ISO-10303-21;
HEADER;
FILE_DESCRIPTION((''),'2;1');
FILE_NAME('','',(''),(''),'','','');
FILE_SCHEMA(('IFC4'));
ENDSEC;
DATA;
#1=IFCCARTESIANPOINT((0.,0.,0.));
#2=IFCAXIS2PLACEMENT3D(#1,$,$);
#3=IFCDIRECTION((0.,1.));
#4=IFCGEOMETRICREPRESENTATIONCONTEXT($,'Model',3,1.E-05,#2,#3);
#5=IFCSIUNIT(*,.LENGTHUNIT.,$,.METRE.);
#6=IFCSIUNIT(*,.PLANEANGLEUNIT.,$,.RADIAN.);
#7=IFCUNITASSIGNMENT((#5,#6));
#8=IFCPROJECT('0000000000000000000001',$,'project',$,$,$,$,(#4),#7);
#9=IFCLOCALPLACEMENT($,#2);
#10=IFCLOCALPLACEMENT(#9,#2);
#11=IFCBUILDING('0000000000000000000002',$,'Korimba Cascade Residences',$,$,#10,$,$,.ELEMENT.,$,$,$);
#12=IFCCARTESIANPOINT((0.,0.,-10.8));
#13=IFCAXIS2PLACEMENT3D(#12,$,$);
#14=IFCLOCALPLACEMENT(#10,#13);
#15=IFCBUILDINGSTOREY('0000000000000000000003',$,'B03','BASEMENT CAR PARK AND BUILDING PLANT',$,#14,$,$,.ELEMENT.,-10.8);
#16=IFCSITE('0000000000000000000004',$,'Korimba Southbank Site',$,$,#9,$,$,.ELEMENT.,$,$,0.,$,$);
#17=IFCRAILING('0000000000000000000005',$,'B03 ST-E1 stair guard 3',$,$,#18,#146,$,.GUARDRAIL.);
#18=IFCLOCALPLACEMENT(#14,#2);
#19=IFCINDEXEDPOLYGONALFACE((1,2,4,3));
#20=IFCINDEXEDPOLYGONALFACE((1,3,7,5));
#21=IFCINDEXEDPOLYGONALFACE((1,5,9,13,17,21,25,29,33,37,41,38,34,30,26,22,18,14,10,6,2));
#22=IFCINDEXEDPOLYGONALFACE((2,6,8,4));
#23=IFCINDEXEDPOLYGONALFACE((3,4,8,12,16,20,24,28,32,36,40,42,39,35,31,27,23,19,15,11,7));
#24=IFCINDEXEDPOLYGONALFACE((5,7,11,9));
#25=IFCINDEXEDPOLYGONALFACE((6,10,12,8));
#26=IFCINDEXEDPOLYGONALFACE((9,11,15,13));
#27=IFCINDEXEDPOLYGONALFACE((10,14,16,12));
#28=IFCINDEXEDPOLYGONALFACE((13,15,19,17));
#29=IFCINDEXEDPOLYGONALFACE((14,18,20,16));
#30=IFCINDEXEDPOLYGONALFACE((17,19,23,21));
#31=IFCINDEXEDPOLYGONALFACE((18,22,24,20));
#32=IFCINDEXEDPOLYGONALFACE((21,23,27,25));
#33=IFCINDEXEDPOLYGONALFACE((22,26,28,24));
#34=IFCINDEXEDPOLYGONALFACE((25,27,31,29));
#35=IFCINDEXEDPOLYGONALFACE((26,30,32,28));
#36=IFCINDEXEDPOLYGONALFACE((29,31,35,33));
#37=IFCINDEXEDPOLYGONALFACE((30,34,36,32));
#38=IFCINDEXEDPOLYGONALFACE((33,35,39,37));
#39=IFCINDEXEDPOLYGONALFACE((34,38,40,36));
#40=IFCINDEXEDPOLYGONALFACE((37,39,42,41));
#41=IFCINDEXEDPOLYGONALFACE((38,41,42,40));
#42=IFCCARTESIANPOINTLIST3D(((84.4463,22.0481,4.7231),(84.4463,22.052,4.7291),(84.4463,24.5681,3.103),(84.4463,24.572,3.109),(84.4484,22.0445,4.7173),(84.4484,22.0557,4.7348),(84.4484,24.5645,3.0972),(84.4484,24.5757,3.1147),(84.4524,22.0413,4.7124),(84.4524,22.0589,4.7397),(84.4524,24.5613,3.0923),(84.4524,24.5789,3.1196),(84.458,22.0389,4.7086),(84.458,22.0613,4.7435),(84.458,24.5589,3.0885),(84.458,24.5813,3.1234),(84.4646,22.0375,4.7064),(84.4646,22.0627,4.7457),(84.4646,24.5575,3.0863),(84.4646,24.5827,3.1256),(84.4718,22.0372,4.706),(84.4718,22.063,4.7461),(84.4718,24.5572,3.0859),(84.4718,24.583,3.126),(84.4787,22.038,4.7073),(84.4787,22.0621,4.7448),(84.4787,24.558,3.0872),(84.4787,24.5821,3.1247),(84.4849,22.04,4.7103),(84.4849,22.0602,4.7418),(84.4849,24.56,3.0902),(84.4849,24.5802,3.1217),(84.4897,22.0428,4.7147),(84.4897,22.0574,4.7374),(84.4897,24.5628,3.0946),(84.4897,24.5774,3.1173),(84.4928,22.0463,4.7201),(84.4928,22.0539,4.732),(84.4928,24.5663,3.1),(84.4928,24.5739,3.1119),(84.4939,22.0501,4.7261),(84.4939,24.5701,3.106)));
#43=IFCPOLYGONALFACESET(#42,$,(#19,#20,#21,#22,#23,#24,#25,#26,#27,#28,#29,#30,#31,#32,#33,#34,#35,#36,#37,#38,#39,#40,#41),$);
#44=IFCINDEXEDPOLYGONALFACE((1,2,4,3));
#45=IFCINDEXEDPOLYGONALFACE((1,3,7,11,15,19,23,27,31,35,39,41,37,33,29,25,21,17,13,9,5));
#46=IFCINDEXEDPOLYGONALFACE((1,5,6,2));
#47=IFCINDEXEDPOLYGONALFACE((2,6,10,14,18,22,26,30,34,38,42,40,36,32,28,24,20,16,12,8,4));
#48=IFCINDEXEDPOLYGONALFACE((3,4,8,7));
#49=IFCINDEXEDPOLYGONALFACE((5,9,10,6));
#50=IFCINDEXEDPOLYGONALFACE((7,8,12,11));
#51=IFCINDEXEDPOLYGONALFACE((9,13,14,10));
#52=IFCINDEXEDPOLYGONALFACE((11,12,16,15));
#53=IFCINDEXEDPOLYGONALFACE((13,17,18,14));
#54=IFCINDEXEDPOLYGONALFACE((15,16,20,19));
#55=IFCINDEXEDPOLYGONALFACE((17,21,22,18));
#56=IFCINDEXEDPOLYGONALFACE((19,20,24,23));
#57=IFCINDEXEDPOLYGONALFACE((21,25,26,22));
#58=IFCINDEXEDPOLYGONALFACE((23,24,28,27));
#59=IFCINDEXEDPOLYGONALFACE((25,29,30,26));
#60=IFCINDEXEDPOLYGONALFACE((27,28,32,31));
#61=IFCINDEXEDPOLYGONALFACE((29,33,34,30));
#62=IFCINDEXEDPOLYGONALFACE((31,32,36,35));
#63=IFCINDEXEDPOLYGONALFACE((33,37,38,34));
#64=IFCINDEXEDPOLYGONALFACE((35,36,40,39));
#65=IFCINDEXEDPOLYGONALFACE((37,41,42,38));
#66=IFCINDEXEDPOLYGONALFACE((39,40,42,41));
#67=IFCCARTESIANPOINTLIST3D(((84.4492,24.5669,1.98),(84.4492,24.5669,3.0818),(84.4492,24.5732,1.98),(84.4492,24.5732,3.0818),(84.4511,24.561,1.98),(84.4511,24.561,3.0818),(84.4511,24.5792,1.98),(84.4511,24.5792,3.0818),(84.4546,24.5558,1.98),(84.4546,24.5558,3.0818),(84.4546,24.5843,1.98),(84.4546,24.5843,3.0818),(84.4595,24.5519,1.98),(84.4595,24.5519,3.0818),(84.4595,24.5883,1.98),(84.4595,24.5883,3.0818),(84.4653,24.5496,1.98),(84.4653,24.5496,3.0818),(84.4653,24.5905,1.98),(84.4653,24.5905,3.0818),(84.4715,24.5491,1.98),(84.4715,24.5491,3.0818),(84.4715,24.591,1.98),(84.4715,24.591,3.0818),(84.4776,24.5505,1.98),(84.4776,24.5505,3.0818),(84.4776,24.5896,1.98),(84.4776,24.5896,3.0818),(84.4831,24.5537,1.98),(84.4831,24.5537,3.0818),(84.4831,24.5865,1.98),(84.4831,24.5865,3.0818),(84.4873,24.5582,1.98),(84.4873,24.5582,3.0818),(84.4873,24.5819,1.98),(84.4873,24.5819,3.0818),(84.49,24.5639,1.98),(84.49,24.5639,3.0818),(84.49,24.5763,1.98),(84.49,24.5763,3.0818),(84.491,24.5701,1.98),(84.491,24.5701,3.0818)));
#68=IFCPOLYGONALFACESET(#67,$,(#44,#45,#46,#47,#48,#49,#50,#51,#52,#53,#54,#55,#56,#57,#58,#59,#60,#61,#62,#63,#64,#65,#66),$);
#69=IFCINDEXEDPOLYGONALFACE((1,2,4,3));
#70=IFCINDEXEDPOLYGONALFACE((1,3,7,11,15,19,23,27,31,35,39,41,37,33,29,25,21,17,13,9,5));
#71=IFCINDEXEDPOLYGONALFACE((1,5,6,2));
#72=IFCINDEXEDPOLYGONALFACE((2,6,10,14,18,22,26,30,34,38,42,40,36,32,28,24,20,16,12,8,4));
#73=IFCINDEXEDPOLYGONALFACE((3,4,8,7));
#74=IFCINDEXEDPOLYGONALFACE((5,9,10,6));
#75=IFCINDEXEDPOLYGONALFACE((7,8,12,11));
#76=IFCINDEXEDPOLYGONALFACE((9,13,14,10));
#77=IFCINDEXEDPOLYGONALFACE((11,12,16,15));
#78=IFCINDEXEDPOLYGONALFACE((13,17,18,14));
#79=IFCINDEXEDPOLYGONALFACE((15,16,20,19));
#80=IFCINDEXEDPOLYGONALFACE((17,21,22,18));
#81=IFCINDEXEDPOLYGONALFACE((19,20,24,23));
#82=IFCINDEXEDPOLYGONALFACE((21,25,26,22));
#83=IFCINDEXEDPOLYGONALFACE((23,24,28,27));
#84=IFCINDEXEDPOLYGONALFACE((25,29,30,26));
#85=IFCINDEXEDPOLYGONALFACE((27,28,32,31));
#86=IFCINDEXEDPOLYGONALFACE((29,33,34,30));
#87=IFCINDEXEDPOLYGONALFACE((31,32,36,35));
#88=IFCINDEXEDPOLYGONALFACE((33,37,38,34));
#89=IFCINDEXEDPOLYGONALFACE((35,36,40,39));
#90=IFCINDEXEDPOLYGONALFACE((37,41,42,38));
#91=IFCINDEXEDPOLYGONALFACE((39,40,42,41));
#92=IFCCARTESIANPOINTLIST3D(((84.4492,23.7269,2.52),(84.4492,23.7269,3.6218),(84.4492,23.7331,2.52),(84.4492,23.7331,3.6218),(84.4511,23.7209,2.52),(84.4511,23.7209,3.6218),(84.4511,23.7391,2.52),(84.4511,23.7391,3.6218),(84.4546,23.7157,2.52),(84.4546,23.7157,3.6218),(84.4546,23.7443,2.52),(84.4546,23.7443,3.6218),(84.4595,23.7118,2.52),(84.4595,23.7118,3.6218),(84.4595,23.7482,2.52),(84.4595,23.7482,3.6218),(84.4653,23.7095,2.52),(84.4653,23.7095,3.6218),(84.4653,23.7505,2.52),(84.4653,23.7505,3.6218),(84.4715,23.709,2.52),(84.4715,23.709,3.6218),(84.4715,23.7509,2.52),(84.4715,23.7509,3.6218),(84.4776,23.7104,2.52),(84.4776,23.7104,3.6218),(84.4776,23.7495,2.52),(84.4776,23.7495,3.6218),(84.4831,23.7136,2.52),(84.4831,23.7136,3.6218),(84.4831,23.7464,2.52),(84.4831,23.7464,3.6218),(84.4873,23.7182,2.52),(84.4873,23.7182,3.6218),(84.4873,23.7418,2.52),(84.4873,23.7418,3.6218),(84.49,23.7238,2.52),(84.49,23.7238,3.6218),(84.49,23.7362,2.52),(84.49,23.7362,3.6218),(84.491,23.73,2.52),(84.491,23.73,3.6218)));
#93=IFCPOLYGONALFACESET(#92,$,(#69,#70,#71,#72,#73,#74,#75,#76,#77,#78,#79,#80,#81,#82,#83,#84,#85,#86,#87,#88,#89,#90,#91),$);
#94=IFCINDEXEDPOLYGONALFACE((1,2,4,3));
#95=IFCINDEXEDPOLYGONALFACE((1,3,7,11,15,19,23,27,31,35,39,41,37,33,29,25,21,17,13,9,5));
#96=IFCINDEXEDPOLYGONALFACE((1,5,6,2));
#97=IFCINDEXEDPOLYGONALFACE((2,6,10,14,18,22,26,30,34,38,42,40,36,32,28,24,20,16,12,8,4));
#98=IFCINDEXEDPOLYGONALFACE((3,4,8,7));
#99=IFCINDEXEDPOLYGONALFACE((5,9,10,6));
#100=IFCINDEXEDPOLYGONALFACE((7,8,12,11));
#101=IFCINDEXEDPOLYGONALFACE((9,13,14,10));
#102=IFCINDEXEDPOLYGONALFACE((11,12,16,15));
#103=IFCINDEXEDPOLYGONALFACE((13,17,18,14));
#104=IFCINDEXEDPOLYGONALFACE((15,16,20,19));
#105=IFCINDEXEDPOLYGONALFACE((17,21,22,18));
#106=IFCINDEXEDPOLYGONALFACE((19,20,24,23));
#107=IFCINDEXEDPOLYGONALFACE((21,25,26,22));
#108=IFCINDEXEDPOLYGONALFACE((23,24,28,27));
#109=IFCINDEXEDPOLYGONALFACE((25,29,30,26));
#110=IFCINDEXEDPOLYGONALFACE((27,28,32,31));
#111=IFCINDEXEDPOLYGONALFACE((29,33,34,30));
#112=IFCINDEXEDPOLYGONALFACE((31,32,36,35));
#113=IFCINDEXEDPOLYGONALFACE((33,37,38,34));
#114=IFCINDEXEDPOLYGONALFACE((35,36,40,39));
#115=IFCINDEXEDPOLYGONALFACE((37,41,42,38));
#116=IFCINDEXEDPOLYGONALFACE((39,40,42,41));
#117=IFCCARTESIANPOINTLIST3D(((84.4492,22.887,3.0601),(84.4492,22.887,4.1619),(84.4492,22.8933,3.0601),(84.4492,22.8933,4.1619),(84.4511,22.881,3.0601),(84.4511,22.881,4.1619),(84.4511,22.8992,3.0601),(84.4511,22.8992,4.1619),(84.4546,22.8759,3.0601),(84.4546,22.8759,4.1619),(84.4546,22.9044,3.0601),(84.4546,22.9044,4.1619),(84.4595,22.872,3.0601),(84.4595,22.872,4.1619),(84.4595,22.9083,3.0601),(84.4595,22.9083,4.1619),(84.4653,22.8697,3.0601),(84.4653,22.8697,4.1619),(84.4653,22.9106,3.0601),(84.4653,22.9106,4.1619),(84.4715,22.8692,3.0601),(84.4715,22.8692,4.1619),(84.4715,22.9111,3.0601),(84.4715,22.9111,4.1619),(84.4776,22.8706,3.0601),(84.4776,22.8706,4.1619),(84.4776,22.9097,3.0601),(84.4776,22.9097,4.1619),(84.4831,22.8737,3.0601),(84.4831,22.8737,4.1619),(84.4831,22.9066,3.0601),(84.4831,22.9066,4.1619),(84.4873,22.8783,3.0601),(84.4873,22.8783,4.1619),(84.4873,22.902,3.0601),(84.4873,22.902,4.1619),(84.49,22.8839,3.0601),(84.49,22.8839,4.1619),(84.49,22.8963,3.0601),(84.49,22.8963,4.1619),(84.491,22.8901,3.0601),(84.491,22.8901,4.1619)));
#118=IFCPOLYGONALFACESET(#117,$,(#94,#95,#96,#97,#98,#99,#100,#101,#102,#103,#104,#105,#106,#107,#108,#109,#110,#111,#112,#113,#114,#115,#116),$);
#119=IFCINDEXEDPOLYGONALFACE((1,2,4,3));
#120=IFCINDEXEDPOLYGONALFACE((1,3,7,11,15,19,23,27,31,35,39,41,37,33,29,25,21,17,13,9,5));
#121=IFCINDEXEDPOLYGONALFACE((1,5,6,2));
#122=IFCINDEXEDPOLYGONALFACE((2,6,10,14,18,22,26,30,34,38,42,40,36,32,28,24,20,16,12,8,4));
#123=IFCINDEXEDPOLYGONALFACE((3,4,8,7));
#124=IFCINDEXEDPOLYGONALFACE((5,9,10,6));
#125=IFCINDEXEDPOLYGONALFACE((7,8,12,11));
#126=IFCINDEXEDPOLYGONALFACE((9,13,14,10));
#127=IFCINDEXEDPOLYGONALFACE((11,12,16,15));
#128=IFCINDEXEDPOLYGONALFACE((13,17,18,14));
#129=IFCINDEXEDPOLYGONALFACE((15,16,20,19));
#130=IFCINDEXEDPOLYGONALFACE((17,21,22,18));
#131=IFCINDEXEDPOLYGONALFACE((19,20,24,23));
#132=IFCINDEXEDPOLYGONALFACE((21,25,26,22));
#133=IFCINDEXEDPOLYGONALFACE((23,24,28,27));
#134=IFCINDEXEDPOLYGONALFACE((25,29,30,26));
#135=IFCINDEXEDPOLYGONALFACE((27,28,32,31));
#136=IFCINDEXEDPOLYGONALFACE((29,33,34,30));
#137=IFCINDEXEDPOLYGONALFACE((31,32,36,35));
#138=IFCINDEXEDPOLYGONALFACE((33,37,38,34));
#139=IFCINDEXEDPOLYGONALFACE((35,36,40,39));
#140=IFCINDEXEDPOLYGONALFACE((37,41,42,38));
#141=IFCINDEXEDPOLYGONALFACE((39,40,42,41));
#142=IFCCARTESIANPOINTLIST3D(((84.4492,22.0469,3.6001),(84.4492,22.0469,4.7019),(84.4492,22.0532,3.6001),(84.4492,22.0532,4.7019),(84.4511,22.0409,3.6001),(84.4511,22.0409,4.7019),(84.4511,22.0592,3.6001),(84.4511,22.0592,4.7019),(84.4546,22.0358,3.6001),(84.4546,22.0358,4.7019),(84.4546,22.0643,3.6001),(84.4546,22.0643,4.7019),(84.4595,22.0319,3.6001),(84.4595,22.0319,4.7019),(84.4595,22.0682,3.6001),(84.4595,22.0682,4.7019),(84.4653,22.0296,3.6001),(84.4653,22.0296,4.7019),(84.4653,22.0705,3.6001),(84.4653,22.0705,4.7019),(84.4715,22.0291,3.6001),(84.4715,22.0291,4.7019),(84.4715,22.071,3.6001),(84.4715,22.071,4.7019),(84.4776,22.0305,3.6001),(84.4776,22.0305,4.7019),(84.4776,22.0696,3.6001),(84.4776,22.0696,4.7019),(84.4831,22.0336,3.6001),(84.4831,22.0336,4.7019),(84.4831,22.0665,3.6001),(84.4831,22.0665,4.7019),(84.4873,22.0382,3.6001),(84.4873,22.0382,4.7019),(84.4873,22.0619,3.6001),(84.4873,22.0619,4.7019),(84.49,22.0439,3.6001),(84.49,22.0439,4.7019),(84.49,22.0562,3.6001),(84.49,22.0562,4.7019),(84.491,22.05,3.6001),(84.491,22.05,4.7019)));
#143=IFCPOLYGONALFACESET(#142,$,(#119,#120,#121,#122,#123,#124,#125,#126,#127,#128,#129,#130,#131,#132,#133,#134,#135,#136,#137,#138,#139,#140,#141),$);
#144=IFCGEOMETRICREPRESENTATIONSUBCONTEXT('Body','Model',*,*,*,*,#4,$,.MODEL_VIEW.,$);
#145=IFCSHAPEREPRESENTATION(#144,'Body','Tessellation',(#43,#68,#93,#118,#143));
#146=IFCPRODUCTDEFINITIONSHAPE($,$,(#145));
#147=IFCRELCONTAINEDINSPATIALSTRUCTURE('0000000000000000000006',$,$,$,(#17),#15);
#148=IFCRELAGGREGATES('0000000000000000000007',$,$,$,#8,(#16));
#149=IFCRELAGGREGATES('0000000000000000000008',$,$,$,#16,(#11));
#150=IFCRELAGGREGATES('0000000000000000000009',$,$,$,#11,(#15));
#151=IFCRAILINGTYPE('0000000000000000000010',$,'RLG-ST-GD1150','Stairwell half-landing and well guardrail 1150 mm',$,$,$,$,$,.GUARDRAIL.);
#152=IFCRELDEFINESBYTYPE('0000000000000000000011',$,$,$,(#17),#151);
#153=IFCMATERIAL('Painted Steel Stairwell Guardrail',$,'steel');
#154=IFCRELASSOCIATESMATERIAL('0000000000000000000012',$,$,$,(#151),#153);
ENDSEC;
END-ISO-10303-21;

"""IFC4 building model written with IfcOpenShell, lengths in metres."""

from ifc_helpers import new_model, si_unit, direction, frame, origin, origin_2d, place, context, subcontext, project, spatial, circle, extrude, material, type_object, element, save


model = new_model("IFC4")

# Units and contexts
model_context = context("Model", 3, precision=1e-05, world=origin(), true_north=direction((0.0, 1.0)))
body_context = subcontext(model_context, "Body", "Model", "MODEL_VIEW")
ifc_project = project(units=[si_unit("LENGTHUNIT", "METRE"), si_unit("PLANEANGLEUNIT", "RADIAN")], contexts=[model_context])

# Site, building, storey
site_placement = place(None, origin())
site = spatial("IfcSite", under=ifc_project, at=site_placement, Name="Korimba Southbank Site", CompositionType="ELEMENT", RefElevation=0.0)
building_placement = place(site_placement, origin())
building = spatial("IfcBuilding", under=site, at=building_placement, Name="Korimba Cascade Residences", CompositionType="ELEMENT")
storey_placement = place(building_placement, frame((0.0, 0.0, -10.8)))
storey = spatial("IfcBuildingStorey", under=building, at=storey_placement, Name="B03", Description="BASEMENT CAR PARK AND BUILDING PLANT", CompositionType="ELEMENT", Elevation=-10.8)

# Railing
ifc_material_1 = material(Name="Painted Steel Stairwell Guardrail", Category="steel")
railing_type_1 = type_object("IfcRailingType", Name="RLG-ST-GD1150", Description="Stairwell half-landing and well guardrail 1150 mm", PredefinedType="GUARDRAIL", material=ifc_material_1)
railing_1_placement = place(storey_placement, frame((84.47, 24.5701, 1.98)))
element("IfcRailing", 1, at=railing_1_placement, inside=storey, type_object=railing_type_1, Name="B03 ST-E1 stair guard 3", PredefinedType="GUARDRAIL", context=body_context, shape_type="SweptSolid", body=[
    extrude(circle(Radius=0.0239, at=origin_2d()), frame((0.0, 0.0, 1.126), z_axis=(0.0, -0.841163, 0.540782), x_axis=(1.0, 0.0, 0.0)), (0.0, 0.0, 1.0), 2.9958),
    extrude(circle(Radius=0.021, at=origin_2d()), origin(), (0.0, 0.0, 1.0), 1.1018),
    extrude(circle(Radius=0.021, at=origin_2d()), frame((0.0, -0.8401, 0.54)), (0.0, 0.0, 1.0), 1.1018),
    extrude(circle(Radius=0.021, at=origin_2d()), frame((0.0, -1.6799, 1.0801)), (0.0, 0.0, 1.0), 1.1018),
    extrude(circle(Radius=0.021, at=origin_2d()), frame((0.0, -2.52, 1.6201)), (0.0, 0.0, 1.0), 1.1018),
])

save(model, "model.ifc")
